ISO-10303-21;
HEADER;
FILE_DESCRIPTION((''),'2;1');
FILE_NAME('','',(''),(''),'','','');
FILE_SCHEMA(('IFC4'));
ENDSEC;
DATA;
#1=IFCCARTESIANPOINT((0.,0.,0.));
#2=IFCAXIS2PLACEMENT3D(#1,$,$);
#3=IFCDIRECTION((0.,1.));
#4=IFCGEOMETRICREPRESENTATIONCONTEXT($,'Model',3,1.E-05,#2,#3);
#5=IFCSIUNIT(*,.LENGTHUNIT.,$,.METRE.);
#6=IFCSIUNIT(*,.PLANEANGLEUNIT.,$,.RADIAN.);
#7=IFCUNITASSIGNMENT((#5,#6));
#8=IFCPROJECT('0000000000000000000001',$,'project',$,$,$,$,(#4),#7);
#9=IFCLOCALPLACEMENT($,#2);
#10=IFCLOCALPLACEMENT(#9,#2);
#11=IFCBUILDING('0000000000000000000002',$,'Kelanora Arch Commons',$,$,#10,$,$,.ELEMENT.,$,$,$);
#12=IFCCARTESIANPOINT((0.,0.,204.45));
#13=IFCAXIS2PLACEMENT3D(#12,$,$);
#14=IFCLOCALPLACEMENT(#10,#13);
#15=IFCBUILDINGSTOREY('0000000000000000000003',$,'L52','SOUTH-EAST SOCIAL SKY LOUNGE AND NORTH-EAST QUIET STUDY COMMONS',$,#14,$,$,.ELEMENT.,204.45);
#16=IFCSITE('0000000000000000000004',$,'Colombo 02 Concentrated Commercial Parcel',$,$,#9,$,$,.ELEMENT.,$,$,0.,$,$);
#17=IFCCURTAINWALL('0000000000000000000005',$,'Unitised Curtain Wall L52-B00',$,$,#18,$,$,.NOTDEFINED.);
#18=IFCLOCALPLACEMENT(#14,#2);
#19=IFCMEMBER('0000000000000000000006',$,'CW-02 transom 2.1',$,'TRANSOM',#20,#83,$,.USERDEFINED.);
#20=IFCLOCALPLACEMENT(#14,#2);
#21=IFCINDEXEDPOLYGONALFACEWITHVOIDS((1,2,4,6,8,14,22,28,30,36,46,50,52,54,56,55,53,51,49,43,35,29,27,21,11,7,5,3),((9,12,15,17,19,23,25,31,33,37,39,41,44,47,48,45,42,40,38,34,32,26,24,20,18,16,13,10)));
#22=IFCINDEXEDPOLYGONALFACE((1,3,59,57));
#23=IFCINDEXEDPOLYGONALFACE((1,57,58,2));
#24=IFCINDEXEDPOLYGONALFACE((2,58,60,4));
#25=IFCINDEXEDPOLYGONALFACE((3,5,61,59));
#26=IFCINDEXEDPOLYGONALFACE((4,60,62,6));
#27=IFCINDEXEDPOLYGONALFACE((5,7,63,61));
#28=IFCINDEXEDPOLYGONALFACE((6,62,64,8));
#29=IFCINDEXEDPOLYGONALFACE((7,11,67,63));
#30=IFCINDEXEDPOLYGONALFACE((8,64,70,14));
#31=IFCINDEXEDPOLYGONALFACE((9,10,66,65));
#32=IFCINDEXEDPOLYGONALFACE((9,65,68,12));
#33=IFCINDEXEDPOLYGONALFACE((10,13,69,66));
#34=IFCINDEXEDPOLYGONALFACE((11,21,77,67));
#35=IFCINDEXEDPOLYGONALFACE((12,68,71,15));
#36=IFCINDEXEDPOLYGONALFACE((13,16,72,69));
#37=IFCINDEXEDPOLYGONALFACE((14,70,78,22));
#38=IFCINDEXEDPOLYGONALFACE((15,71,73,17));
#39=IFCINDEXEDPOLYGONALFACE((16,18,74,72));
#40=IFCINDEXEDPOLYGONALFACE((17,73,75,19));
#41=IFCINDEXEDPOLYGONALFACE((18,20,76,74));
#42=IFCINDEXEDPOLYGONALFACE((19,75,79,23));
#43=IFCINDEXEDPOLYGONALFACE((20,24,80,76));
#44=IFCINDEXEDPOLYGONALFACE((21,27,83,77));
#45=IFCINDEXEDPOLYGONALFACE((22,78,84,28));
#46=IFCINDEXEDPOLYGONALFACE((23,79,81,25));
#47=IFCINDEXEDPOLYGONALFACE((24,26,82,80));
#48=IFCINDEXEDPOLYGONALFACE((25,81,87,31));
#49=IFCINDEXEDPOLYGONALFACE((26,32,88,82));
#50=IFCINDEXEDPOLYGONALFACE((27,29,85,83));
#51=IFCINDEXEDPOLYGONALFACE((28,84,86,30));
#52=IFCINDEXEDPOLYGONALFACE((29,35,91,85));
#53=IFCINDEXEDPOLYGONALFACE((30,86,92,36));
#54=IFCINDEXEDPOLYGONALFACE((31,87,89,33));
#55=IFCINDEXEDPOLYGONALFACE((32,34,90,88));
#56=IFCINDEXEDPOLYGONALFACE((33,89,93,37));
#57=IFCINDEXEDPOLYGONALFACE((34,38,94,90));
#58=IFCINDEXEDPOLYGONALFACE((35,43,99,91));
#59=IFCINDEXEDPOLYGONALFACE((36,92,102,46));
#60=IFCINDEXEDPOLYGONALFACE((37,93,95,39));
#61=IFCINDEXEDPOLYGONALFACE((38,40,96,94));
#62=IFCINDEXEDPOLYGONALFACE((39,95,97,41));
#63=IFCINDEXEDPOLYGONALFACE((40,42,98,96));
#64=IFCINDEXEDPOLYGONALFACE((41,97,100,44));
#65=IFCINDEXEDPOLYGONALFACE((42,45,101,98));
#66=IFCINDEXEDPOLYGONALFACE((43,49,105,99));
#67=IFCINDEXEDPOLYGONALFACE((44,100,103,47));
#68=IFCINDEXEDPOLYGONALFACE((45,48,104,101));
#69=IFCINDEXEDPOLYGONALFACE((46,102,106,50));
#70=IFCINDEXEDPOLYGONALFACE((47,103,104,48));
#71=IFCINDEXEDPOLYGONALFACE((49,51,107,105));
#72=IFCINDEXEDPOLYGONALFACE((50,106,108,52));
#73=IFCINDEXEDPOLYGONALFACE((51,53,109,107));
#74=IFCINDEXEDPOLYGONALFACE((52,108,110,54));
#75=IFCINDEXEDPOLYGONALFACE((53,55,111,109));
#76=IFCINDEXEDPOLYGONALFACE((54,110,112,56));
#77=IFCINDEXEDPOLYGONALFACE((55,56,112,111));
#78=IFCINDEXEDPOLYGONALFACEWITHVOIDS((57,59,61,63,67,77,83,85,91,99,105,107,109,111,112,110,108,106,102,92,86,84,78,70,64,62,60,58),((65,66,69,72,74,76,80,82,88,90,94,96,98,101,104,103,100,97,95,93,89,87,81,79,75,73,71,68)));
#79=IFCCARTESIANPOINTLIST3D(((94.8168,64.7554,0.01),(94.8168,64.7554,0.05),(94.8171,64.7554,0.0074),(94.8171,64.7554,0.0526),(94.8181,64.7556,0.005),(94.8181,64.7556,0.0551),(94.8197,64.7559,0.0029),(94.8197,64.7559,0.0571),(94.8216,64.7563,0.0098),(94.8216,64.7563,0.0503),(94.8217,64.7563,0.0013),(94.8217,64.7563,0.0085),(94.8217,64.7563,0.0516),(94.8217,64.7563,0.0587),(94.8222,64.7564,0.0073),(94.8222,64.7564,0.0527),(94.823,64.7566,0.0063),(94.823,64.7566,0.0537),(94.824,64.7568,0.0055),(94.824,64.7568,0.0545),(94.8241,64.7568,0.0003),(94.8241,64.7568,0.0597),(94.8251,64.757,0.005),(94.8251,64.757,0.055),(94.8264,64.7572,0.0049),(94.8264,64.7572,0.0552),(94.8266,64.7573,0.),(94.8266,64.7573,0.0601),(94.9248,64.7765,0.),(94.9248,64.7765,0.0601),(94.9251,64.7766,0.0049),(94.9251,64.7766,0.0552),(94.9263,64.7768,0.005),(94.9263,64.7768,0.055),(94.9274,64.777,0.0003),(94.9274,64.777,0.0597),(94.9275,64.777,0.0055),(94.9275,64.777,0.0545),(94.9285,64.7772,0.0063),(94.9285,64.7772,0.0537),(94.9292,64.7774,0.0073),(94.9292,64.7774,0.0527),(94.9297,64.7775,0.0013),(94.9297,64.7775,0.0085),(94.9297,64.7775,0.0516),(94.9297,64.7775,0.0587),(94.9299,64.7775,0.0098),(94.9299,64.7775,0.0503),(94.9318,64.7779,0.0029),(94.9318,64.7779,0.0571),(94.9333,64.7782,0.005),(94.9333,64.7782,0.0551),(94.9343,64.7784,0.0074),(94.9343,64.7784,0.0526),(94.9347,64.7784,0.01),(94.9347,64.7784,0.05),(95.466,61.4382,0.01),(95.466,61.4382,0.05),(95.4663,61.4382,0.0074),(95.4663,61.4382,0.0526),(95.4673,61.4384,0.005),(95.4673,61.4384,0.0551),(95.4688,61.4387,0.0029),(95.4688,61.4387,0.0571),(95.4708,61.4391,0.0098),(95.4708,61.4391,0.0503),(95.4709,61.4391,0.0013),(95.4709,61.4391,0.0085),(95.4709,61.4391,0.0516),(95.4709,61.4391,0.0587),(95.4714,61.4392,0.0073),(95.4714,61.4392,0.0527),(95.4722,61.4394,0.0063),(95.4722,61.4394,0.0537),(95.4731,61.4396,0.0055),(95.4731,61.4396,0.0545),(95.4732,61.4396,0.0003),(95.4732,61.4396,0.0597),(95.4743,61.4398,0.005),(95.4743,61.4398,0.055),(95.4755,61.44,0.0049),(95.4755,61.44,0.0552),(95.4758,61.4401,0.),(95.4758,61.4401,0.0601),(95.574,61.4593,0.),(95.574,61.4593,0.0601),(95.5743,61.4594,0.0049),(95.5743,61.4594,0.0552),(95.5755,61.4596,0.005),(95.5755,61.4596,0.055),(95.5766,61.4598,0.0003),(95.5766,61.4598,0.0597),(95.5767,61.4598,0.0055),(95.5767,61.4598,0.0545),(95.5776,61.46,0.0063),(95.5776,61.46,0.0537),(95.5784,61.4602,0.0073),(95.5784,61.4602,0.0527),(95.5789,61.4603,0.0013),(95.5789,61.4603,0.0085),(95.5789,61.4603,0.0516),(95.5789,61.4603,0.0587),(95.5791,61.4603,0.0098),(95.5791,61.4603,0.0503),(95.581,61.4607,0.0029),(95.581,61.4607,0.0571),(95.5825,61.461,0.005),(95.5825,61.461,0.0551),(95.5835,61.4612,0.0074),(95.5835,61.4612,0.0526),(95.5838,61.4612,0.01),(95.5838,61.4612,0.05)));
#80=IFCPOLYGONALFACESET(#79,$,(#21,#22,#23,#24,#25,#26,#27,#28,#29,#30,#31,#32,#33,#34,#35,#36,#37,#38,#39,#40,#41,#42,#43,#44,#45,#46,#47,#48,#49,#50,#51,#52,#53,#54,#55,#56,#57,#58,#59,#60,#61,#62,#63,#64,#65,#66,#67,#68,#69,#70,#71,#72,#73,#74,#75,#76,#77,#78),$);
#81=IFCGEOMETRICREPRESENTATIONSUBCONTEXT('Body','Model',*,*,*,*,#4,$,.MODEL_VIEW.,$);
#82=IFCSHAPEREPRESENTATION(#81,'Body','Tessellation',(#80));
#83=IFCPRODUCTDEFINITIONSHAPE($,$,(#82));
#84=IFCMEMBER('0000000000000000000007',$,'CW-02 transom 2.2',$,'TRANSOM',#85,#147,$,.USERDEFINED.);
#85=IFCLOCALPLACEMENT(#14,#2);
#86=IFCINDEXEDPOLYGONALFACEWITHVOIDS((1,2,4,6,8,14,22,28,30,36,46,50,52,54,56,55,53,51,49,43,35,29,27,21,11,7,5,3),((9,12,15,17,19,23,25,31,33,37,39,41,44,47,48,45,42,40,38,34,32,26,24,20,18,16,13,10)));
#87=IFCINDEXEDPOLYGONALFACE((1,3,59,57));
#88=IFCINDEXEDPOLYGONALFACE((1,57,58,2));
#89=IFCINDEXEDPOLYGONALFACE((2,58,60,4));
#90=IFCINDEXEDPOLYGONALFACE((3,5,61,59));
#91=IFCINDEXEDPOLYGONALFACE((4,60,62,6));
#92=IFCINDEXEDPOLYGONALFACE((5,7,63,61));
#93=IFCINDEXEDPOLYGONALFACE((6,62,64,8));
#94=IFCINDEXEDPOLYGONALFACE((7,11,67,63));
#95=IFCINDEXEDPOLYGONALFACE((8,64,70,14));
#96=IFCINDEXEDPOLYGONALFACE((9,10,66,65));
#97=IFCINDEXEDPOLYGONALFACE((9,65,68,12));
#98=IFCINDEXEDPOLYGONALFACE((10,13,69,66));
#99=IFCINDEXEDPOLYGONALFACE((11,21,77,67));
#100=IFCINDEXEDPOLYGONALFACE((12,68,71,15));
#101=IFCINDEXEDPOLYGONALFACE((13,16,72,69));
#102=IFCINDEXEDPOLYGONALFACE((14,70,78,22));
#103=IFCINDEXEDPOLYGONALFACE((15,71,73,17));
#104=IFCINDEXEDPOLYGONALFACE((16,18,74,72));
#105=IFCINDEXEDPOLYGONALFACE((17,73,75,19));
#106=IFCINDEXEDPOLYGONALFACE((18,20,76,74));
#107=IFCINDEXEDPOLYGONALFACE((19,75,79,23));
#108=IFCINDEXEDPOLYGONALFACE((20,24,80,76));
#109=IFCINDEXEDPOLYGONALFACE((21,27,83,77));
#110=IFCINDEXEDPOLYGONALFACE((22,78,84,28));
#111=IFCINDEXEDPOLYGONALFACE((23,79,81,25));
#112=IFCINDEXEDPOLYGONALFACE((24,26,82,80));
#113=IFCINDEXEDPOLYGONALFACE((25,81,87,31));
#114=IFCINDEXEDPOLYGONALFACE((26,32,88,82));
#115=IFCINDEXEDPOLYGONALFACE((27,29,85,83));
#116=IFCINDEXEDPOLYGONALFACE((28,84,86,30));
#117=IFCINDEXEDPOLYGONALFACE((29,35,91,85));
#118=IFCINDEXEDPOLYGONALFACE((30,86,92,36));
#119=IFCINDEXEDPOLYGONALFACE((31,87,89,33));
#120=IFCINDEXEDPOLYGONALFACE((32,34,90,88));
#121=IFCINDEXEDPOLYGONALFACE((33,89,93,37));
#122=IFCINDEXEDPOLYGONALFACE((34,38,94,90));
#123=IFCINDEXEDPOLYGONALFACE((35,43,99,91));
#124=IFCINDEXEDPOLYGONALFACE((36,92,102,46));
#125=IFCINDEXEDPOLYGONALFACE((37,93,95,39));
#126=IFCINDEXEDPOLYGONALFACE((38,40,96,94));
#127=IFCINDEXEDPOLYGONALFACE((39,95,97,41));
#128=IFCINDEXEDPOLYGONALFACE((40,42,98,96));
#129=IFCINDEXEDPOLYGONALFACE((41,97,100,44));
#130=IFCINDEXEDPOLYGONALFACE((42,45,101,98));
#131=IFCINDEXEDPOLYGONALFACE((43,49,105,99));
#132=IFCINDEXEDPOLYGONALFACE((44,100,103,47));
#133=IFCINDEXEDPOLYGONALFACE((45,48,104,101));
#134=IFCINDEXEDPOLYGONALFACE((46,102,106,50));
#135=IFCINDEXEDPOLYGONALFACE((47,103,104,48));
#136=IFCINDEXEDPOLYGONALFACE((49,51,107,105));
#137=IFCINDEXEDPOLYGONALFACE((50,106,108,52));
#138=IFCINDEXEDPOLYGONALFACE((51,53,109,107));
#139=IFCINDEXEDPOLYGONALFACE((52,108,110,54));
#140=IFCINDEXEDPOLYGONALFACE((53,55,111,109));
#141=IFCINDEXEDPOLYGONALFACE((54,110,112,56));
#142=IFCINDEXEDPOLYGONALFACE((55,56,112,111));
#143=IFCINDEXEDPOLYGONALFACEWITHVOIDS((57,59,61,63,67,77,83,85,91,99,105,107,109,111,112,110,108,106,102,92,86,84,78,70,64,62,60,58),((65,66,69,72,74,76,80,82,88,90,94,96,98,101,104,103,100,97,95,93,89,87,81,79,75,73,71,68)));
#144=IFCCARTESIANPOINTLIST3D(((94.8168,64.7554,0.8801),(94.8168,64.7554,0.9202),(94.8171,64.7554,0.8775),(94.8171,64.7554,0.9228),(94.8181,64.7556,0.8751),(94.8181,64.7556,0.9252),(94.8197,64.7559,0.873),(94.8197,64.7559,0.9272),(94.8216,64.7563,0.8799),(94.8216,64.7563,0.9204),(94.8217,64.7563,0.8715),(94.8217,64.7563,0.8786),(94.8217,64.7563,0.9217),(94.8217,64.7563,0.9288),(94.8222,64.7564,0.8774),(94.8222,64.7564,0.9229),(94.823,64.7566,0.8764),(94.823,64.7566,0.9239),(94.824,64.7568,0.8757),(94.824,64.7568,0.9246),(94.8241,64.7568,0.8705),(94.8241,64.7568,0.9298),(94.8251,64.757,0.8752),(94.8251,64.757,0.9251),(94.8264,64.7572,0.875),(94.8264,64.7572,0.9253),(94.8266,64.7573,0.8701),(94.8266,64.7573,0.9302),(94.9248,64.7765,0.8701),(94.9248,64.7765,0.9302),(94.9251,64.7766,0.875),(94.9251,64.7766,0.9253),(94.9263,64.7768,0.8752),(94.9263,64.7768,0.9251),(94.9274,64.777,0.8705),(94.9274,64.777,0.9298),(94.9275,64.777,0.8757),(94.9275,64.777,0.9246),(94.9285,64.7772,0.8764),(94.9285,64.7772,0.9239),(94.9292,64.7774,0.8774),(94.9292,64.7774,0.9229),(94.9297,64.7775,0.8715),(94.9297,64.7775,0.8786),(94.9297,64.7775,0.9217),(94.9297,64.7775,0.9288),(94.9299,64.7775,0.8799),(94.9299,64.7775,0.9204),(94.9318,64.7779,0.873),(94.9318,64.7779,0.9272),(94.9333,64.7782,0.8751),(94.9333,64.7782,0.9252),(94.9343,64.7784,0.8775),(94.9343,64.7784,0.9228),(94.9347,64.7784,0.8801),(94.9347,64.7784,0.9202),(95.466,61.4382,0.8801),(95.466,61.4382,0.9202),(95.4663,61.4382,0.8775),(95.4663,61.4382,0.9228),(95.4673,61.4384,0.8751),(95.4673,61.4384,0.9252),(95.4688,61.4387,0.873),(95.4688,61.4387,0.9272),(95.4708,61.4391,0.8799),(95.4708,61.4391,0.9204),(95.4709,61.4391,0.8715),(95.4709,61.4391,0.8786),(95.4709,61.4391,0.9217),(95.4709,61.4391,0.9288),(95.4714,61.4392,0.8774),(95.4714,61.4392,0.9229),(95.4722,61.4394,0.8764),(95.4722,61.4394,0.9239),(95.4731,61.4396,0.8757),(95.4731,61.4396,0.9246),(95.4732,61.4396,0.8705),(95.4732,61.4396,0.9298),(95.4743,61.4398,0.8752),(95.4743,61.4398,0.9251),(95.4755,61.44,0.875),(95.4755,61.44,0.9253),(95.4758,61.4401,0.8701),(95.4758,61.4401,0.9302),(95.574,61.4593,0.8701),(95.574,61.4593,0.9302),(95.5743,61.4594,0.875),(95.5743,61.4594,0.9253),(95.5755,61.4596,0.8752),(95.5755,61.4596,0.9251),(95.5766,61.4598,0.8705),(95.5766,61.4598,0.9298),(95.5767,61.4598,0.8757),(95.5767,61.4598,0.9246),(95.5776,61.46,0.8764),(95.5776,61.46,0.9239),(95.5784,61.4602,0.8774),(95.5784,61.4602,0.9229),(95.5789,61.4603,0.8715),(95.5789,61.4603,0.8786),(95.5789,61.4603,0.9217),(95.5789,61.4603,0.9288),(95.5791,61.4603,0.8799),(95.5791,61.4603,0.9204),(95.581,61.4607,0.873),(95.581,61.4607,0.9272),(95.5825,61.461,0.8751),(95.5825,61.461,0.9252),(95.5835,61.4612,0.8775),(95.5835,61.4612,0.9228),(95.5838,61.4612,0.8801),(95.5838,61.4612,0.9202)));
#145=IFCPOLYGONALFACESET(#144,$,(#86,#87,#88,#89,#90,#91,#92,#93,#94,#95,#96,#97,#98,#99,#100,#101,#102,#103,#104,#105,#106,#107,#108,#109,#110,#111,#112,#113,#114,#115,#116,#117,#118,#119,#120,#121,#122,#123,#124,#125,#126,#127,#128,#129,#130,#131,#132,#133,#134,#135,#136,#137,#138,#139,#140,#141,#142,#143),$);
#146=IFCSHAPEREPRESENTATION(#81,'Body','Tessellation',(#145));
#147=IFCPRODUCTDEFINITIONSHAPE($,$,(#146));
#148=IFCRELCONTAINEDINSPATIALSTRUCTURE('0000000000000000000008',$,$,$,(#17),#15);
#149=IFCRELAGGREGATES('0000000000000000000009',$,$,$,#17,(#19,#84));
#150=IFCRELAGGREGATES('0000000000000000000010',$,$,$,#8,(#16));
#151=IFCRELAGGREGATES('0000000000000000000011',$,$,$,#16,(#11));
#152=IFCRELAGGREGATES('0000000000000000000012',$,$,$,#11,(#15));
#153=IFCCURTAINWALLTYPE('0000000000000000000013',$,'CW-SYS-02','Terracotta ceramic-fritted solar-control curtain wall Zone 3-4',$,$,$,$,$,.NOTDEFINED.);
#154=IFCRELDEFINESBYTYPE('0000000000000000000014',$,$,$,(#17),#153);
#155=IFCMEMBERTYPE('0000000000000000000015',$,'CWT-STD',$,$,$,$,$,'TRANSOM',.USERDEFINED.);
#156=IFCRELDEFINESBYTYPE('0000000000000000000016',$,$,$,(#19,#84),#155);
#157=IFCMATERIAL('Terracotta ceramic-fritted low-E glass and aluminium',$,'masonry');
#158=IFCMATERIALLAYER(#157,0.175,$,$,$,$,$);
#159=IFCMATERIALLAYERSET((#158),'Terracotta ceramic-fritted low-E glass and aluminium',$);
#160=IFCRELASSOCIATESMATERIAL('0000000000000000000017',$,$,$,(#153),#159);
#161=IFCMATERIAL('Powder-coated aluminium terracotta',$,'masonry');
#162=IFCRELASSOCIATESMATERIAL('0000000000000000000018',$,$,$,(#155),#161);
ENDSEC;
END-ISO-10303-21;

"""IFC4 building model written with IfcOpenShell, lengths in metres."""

from ifc_helpers import new_model, si_unit, direction, frame, origin, origin_2d, place, context, subcontext, project, spatial, hollow_rectangle, extrude, material, layer, layer_set, material_profile, profile_set, type_object, element, aggregate, save


model = new_model("IFC4")

# Units and contexts
model_context = context("Model", 3, precision=1e-05, world=origin(), true_north=direction((0.0, 1.0)))
body_context = subcontext(model_context, "Body", "Model", "MODEL_VIEW")
ifc_project = project(units=[si_unit("LENGTHUNIT", "METRE"), si_unit("PLANEANGLEUNIT", "RADIAN")], contexts=[model_context])

# Site, building, storey
site_placement = place(None, origin())
site = spatial("IfcSite", under=ifc_project, at=site_placement, Name="Colombo 02 Concentrated Commercial Parcel", CompositionType="ELEMENT", RefElevation=0.0)
building_placement = place(site_placement, origin())
building = spatial("IfcBuilding", under=site, at=building_placement, Name="Kelanora Arch Commons", CompositionType="ELEMENT")
storey_placement = place(building_placement, frame((0.0, 0.0, 204.45)))
storey = spatial("IfcBuildingStorey", under=building, at=storey_placement, Name="L52", Description="SOUTH-EAST SOCIAL SKY LOUNGE AND NORTH-EAST QUIET STUDY COMMONS", CompositionType="ELEMENT", Elevation=204.45)

# Curtain wall, members
ifc_material_1 = material(Name="Terracotta ceramic-fritted low-E glass and aluminium", Category="masonry")
ifc_layer_1 = layer(ifc_material_1, 0.175)
ifc_layer_set_1 = layer_set([ifc_layer_1], Name="Terracotta ceramic-fritted low-E glass and aluminium")
curtain_wall_type = type_object("IfcCurtainWallType", Name="CW-SYS-02", Description="Terracotta ceramic-fritted solar-control curtain wall Zone 3-4", PredefinedType="NOTDEFINED", material=ifc_layer_set_1)
curtain_wall_placement = place(storey_placement, origin())
curtain_wall = element("IfcCurtainWall", 1, at=curtain_wall_placement, inside=storey, type_object=curtain_wall_type, Name="Unitised Curtain Wall L52-B00", PredefinedType="NOTDEFINED")
ifc_material_2 = material(Name="Powder-coated aluminium terracotta", Category="masonry")
ifc_material_profile_1 = material_profile(ifc_material_2, hollow_rectangle(XDim=0.1201, YDim=0.0601, WallThickness=0.0049, InnerFilletRadius=0.0049, OuterFilletRadius=0.01, at=origin_2d()), Name="CWT120x60")
ifc_profile_set_1 = profile_set([ifc_material_profile_1], Name="Powder-coated aluminium terracotta")
member_type_1 = type_object("IfcMemberType", Name="CWT-STD", ElementType="TRANSOM", PredefinedType="USERDEFINED", material=ifc_profile_set_1)
member_1_placement = place(storey_placement, frame((95.5249, 61.4497, 0.03), z_axis=(-0.192058, 0.981383, 0.0), x_axis=(-0.981383, -0.192058, 0.0)))
member_1 = element("IfcMember", 2, at=member_1_placement, type_object=member_type_1, Name="CW-02 transom 2.1", ObjectType="TRANSOM", PredefinedType="USERDEFINED", context=body_context, shape_type="SweptSolid", body=[
    extrude(hollow_rectangle(XDim=0.1201, YDim=0.0601, WallThickness=0.0049, InnerFilletRadius=0.0049, OuterFilletRadius=0.01, at=origin_2d()), origin(), (0.0, 0.0, 1.0), 3.3801),
])
member_2_placement = place(storey_placement, frame((95.5249, 61.4497, 0.9001), z_axis=(-0.192058, 0.981383, 0.0), x_axis=(-0.981383, -0.192058, 0.0)))
member_2 = element("IfcMember", 3, at=member_2_placement, type_object=member_type_1, Name="CW-02 transom 2.2", ObjectType="TRANSOM", PredefinedType="USERDEFINED", context=body_context, shape_type="SweptSolid", body=[
    extrude(hollow_rectangle(XDim=0.1201, YDim=0.0601, WallThickness=0.0049, InnerFilletRadius=0.0049, OuterFilletRadius=0.01, at=origin_2d()), origin(), (0.0, 0.0, 1.0), 3.3801),
])
aggregate(curtain_wall, [member_1, member_2])

save(model, "model.ifc")
